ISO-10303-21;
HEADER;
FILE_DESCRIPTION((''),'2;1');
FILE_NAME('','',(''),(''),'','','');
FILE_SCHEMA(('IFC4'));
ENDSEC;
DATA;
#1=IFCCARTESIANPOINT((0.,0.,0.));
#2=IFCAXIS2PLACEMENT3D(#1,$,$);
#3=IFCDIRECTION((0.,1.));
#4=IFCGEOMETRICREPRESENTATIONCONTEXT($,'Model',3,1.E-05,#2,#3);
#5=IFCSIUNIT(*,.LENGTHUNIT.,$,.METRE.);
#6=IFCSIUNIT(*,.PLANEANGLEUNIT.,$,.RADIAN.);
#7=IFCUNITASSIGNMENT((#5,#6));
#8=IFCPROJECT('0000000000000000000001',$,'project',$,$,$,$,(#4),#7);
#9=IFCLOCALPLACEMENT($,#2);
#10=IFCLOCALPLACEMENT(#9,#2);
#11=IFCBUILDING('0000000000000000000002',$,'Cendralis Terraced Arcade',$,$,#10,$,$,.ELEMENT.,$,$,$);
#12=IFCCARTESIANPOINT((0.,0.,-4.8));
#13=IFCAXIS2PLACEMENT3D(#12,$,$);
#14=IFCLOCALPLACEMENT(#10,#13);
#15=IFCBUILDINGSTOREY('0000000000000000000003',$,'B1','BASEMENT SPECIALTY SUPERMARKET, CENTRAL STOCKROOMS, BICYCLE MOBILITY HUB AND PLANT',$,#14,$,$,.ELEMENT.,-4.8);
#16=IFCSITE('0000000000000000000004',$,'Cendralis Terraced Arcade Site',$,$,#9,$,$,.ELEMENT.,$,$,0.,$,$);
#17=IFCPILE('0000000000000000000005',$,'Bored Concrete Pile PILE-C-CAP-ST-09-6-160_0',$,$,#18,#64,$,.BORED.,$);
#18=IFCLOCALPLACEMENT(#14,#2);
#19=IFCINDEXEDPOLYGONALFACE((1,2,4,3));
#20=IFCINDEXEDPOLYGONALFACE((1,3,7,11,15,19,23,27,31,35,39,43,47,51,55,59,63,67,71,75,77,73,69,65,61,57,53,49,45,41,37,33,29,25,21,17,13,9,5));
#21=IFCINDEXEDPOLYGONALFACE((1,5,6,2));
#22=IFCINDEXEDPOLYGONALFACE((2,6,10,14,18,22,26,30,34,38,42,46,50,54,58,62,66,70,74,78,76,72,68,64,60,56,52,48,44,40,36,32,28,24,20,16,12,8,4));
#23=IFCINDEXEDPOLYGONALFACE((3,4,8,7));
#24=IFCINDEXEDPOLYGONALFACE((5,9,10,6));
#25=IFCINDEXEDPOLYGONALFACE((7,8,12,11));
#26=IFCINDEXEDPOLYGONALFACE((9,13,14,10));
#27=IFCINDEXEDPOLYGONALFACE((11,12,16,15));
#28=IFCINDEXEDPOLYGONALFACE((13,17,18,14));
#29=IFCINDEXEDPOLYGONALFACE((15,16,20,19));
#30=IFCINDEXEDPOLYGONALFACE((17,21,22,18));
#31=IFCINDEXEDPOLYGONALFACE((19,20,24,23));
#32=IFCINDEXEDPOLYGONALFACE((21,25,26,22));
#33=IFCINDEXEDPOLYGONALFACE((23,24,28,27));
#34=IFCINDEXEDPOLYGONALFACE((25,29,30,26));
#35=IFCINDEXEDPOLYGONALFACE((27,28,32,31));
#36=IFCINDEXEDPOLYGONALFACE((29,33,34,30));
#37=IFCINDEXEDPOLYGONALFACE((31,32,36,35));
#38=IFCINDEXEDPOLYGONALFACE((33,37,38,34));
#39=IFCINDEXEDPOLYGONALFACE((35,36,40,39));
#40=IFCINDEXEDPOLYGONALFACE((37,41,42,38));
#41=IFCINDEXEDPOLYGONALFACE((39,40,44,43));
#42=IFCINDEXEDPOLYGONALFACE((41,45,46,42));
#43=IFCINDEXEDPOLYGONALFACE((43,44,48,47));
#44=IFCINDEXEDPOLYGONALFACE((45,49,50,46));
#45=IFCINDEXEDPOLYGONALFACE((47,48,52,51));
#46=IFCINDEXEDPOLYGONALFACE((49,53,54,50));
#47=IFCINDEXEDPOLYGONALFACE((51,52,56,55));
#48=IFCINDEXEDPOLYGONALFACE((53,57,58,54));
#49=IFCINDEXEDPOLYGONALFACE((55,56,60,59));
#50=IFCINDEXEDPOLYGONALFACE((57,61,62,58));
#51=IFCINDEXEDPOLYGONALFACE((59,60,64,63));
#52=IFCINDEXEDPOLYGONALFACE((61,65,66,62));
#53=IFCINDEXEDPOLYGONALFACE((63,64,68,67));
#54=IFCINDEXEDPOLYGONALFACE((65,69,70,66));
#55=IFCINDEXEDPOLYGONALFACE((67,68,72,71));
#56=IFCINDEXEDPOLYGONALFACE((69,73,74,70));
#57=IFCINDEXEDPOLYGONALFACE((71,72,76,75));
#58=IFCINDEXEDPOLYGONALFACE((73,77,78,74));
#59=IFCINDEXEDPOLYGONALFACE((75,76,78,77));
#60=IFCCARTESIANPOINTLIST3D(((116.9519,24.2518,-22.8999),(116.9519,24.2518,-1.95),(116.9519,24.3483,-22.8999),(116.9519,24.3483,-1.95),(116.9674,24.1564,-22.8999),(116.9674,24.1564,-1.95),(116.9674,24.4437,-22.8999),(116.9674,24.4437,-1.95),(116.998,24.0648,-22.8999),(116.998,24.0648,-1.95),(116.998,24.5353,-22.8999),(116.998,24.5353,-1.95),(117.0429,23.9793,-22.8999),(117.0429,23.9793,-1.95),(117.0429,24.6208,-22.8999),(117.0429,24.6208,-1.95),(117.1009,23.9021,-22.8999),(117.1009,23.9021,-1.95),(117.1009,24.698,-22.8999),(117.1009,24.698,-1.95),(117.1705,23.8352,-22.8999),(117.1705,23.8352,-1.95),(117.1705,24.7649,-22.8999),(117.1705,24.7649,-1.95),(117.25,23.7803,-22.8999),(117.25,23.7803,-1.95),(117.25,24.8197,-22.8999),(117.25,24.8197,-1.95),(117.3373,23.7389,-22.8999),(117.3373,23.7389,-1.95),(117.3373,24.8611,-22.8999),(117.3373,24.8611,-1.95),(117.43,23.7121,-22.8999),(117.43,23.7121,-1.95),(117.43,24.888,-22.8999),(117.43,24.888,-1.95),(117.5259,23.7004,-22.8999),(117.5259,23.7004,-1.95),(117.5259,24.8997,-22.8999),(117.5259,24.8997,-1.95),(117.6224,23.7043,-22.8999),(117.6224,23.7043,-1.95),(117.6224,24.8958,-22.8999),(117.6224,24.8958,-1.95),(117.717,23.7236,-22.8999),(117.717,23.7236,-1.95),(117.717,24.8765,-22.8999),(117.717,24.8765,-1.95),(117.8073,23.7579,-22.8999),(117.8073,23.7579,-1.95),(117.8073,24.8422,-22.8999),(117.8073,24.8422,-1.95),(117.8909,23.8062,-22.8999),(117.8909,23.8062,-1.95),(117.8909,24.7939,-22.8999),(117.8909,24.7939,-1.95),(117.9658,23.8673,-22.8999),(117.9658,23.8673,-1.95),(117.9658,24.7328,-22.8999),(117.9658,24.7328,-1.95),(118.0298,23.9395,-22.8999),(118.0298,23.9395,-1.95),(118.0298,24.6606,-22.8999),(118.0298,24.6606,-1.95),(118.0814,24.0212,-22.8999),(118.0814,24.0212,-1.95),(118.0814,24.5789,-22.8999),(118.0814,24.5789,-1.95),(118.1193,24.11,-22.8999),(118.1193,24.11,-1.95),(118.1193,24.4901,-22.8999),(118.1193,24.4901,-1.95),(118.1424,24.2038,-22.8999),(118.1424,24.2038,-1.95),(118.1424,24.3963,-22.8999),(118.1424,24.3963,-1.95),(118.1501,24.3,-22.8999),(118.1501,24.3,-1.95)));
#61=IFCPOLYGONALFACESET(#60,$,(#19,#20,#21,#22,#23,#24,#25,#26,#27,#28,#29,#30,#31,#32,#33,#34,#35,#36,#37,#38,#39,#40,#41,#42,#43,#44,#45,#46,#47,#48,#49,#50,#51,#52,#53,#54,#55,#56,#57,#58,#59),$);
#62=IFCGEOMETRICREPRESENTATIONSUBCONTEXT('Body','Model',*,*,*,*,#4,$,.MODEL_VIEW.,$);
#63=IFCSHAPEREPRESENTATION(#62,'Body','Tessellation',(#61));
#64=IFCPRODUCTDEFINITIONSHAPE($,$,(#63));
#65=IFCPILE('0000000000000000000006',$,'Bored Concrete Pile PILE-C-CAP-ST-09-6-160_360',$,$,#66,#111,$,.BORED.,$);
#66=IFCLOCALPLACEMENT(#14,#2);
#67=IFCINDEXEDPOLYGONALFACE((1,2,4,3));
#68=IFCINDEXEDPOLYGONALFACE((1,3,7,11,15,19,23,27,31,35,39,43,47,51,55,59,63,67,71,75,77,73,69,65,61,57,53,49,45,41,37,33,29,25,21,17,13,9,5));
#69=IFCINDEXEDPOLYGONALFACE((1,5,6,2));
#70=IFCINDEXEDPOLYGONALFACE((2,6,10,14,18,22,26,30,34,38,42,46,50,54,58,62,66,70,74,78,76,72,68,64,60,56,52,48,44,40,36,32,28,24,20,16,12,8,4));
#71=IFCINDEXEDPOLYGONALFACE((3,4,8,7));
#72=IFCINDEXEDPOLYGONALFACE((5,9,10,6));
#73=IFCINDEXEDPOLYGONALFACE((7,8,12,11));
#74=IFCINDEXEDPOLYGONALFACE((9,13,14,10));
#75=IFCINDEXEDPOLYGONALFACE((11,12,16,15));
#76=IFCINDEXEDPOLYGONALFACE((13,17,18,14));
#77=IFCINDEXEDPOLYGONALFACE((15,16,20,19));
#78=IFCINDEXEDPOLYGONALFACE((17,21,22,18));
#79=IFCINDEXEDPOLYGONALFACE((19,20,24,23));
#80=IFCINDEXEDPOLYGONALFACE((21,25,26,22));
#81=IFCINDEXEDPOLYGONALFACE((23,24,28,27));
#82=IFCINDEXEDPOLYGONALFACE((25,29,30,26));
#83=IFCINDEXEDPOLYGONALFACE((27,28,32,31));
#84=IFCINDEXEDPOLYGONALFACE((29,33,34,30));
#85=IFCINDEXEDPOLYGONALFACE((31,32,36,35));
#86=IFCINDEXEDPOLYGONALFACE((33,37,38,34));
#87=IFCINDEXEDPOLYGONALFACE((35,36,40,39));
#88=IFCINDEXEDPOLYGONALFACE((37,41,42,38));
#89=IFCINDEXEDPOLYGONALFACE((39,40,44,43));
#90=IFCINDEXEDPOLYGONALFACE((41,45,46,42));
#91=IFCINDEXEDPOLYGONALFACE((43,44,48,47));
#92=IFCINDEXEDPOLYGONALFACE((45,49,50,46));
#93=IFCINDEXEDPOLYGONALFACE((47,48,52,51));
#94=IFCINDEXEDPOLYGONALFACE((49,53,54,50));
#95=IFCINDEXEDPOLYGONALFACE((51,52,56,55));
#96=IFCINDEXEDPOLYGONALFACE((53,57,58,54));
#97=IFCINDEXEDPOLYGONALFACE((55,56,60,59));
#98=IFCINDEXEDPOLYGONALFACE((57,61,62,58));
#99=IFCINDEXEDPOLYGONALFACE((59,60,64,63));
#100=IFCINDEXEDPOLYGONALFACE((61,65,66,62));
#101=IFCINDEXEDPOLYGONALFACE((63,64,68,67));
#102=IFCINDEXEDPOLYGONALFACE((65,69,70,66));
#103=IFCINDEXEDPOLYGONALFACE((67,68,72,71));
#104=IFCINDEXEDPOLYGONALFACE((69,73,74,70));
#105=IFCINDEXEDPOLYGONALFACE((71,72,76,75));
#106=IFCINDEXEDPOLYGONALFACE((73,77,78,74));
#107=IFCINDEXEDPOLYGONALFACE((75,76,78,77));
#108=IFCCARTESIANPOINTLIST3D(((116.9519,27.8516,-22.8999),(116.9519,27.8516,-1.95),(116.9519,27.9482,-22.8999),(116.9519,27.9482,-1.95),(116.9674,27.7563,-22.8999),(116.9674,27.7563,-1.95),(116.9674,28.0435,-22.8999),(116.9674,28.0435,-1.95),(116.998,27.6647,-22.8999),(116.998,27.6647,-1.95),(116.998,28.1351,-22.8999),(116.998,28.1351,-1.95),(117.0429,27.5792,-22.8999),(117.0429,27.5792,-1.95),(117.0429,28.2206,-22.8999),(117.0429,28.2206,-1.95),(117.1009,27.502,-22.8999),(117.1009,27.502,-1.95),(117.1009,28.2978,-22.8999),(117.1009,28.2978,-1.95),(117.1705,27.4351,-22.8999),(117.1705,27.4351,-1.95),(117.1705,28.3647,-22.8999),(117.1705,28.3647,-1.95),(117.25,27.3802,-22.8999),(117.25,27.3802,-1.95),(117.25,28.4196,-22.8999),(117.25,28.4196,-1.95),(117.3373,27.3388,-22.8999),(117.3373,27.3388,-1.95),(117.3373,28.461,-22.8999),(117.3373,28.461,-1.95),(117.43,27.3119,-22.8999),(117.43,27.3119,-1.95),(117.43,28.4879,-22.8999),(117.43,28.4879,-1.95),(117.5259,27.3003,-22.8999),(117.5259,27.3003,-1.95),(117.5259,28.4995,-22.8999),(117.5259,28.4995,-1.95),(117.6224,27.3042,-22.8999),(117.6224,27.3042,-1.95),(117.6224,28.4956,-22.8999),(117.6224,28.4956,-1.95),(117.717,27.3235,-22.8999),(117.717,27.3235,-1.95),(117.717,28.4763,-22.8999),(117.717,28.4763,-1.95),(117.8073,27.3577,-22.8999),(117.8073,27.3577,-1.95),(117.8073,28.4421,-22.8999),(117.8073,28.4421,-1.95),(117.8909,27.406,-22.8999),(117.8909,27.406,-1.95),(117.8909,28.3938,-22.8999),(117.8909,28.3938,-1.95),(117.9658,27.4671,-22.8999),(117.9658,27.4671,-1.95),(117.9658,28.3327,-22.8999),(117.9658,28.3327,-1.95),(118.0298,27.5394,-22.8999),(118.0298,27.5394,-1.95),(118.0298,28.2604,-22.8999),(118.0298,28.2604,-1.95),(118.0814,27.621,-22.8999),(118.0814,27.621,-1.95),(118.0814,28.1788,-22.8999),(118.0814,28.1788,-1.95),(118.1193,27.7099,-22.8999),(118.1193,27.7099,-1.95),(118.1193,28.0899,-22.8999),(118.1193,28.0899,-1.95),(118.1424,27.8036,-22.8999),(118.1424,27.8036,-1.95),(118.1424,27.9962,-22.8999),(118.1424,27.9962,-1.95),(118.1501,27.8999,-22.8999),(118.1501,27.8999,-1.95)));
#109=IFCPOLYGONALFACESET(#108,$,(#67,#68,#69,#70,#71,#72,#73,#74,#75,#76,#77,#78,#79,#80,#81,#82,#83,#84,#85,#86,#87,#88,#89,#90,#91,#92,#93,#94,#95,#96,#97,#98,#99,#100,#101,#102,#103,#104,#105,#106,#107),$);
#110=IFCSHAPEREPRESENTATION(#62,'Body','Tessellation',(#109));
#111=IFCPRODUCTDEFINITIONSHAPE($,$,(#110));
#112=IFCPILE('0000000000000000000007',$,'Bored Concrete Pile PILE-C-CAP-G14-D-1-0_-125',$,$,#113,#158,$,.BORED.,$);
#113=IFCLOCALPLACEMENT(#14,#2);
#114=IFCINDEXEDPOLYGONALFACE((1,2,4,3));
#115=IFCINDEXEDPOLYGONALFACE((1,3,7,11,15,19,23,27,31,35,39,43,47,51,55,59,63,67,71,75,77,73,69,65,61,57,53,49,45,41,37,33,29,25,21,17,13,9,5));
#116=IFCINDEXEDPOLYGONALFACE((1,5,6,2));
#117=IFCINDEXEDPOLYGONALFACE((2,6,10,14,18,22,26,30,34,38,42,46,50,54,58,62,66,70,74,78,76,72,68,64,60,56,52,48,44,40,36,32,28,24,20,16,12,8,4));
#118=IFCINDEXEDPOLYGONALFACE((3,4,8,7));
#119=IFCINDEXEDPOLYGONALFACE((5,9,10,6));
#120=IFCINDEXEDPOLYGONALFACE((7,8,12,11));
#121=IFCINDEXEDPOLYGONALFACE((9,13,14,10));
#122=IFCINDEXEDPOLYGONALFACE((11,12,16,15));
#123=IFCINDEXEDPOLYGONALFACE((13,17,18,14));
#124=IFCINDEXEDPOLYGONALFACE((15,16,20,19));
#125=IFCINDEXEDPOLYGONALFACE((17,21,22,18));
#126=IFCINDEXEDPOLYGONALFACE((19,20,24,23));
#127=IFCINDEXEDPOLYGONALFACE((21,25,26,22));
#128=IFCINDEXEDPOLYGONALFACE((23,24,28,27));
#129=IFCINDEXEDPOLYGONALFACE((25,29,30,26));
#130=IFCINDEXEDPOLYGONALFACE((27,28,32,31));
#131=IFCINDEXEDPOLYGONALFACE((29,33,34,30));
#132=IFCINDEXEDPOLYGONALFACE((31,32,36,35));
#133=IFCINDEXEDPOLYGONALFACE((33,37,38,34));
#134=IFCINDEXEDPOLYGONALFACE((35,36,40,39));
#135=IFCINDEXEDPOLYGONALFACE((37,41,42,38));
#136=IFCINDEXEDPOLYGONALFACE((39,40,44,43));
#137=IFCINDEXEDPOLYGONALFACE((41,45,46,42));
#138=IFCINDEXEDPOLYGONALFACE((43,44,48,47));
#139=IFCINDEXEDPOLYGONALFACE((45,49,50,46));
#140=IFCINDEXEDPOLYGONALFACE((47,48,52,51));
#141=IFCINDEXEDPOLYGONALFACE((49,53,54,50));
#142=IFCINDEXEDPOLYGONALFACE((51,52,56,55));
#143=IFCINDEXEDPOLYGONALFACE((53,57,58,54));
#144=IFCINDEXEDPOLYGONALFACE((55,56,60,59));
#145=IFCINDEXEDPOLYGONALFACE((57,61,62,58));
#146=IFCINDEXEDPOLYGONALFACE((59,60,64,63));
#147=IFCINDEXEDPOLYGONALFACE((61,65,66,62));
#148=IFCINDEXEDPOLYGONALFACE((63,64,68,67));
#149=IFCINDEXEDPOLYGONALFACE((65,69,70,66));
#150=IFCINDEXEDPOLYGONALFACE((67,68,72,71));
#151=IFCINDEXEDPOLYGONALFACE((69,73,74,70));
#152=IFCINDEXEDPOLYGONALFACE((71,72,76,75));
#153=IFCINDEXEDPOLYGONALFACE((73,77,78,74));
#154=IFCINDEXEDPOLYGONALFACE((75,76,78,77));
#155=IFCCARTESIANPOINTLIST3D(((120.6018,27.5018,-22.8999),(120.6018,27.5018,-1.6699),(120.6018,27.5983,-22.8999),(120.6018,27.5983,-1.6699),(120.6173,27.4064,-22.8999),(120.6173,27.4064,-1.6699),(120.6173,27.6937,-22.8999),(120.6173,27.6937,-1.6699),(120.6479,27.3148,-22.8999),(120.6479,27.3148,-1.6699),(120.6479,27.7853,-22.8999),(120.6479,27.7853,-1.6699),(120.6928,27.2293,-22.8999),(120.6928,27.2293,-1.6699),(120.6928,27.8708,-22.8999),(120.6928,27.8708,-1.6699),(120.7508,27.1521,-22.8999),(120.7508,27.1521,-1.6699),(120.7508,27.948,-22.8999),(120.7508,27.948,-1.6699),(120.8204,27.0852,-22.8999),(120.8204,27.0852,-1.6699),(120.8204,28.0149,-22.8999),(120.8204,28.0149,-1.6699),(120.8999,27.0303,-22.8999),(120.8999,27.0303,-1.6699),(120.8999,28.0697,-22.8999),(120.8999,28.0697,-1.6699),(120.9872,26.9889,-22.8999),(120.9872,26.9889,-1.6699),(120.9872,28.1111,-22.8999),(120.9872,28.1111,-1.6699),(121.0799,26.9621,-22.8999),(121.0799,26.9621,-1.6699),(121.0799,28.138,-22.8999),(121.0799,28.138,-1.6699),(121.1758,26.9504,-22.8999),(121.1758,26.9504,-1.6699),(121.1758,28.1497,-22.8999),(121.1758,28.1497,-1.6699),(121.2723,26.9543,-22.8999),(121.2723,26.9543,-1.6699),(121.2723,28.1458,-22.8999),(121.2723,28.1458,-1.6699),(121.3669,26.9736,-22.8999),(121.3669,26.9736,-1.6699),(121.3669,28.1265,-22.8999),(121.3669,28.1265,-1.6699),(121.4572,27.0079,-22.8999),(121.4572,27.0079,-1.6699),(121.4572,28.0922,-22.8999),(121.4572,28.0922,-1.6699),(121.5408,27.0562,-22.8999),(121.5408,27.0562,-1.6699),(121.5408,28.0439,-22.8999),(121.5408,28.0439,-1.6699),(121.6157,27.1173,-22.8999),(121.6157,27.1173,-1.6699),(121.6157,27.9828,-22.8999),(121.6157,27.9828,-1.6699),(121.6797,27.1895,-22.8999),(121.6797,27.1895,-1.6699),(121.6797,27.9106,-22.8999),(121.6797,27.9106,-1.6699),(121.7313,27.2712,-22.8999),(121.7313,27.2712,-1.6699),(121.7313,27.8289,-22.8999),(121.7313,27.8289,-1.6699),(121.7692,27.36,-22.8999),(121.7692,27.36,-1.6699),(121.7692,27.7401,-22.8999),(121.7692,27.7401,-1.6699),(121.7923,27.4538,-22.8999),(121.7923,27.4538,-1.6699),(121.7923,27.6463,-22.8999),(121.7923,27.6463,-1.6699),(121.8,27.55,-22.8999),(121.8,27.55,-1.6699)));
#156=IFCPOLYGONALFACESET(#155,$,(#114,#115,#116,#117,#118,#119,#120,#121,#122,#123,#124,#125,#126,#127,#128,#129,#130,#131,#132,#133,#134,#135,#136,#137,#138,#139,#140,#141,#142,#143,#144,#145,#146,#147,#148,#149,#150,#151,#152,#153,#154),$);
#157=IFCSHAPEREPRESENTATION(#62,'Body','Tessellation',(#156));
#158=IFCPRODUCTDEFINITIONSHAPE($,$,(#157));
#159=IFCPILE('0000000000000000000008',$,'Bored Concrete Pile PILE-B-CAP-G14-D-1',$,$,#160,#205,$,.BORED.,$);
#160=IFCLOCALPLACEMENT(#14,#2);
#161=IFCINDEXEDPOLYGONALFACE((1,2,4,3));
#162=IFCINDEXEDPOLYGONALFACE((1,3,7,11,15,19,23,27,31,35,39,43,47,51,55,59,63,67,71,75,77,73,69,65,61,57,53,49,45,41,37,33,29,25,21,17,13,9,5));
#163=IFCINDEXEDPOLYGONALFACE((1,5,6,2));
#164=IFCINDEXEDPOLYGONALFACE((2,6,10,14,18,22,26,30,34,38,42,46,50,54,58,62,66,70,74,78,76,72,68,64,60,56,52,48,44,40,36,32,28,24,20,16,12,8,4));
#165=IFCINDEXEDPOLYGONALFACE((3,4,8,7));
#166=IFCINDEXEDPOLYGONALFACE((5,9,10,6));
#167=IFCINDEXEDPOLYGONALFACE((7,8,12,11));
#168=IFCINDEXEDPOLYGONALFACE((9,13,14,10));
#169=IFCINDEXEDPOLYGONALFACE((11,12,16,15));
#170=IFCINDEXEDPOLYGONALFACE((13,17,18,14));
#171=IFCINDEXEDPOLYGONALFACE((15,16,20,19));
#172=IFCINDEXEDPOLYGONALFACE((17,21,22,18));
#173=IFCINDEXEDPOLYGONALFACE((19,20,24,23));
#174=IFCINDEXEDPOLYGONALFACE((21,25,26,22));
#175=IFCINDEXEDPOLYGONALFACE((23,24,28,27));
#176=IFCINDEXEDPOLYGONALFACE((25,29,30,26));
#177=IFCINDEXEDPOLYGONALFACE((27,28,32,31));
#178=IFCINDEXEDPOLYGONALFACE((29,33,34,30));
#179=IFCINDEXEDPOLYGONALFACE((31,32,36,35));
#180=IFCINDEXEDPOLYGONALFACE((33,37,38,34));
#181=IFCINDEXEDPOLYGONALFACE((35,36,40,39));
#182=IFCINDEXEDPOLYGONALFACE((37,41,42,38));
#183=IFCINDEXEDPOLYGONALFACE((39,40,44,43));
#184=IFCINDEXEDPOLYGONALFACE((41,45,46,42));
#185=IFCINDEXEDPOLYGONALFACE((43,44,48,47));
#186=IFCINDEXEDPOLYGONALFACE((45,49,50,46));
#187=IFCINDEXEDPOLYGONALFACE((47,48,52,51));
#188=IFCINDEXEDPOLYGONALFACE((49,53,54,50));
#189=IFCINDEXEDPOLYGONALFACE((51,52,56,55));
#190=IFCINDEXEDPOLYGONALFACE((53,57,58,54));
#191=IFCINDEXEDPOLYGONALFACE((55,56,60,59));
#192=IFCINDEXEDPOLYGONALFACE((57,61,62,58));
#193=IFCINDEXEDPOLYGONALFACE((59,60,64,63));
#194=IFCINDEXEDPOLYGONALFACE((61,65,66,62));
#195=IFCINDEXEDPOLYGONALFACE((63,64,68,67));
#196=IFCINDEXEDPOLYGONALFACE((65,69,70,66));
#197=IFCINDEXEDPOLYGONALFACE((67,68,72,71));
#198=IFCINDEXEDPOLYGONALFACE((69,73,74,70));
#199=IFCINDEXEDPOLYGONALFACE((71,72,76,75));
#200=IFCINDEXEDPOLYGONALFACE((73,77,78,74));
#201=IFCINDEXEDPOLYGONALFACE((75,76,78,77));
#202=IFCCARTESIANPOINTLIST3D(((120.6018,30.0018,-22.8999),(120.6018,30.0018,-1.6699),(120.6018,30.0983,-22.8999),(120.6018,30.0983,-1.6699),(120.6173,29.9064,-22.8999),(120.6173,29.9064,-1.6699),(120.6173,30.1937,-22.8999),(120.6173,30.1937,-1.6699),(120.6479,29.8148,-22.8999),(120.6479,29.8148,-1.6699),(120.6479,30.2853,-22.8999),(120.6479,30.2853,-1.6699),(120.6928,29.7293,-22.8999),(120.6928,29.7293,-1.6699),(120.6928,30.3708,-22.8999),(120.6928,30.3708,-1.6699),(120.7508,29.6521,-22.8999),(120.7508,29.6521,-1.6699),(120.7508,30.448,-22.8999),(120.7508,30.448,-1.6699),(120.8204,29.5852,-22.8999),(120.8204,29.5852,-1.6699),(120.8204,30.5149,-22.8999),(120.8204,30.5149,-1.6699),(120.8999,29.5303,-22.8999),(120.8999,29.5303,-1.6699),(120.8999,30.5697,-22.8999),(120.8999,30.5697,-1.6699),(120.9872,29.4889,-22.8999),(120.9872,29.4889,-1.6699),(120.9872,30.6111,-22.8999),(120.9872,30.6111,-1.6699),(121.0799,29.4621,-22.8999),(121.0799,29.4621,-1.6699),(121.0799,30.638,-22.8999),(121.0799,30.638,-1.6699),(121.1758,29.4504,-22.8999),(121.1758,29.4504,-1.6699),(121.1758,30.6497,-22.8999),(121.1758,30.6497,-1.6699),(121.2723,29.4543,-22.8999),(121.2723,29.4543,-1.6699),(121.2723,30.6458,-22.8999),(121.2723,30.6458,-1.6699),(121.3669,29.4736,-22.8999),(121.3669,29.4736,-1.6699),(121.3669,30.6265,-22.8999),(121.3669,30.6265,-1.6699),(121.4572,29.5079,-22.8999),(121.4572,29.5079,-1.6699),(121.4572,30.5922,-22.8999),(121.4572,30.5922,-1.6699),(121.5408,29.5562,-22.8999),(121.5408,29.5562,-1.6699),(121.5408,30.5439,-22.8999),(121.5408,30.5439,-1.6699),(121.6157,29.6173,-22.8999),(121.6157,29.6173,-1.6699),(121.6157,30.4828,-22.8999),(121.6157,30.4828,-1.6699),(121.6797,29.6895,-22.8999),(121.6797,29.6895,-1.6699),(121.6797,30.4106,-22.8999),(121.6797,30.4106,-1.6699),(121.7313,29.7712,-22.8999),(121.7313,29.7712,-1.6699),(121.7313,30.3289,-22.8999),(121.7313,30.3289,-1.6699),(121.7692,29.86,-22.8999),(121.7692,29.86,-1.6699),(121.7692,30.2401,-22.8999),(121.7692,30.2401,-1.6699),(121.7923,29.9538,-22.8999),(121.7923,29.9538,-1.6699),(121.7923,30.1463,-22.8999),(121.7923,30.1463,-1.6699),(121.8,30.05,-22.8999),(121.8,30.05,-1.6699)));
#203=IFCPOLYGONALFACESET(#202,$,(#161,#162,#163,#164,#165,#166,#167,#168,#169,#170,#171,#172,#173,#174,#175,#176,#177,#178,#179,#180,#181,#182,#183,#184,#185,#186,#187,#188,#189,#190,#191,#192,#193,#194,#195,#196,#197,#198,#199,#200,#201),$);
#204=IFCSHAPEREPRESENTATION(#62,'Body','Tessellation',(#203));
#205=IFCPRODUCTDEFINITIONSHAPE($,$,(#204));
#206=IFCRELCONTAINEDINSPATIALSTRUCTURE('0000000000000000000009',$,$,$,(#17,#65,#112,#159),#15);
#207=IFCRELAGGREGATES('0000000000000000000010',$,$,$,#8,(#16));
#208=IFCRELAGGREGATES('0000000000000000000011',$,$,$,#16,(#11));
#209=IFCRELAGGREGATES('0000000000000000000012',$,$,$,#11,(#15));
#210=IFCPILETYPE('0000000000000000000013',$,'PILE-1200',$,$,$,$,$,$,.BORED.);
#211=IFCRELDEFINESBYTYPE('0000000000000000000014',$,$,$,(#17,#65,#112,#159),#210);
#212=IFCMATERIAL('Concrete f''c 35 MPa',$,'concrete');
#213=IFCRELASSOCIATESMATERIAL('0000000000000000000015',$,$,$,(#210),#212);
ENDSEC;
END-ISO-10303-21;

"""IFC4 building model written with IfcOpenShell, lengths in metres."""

from ifc_helpers import new_model, si_unit, direction, frame, origin, origin_2d, place, context, subcontext, project, spatial, circle, extrude, material, material_profile, profile_set, type_object, element, save


model = new_model("IFC4")

# Units and contexts
model_context = context("Model", 3, precision=1e-05, world=origin(), true_north=direction((0.0, 1.0)))
body_context = subcontext(model_context, "Body", "Model", "MODEL_VIEW")
ifc_project = project(units=[si_unit("LENGTHUNIT", "METRE"), si_unit("PLANEANGLEUNIT", "RADIAN")], contexts=[model_context])

# Site, building, storey
site_placement = place(None, origin())
site = spatial("IfcSite", under=ifc_project, at=site_placement, Name="Cendralis Terraced Arcade Site", CompositionType="ELEMENT", RefElevation=0.0)
building_placement = place(site_placement, origin())
building = spatial("IfcBuilding", under=site, at=building_placement, Name="Cendralis Terraced Arcade", CompositionType="ELEMENT")
storey_placement = place(building_placement, frame((0.0, 0.0, -4.8)))
storey = spatial("IfcBuildingStorey", under=building, at=storey_placement, Name="B1", Description="BASEMENT SPECIALTY SUPERMARKET, CENTRAL STOCKROOMS, BICYCLE MOBILITY HUB AND PLANT", CompositionType="ELEMENT", Elevation=-4.8)

# Shared definitions
ifc_material_1 = material(Name="Concrete f'c 35 MPa", Category="concrete")

# Piles
ifc_material_profile_1 = material_profile(ifc_material_1, circle(Radius=0.6001, at=origin_2d()), Name="PILE-D1200", Category="LoadBearing")
ifc_profile_set_1 = profile_set([ifc_material_profile_1], Name="Concrete f'c 35 MPa")
pile_type_1 = type_object("IfcPileType", Name="PILE-1200", PredefinedType="BORED", material=ifc_profile_set_1)
for number, where, z_axis, x_axis, name in (
    (1, (117.55, 24.3, -1.95), (0.0, 0.0, -1.0), (1.0, 0.0, 0.0), "Bored Concrete Pile PILE-C-CAP-ST-09-6-160_0"),
    (2, (117.55, 27.8999, -1.95), (0.0, 0.0, -1.0), (1.0, 0.0, 0.0), "Bored Concrete Pile PILE-C-CAP-ST-09-6-160_360"),
):
    element("IfcPile", number, at=place(storey_placement, frame(where, z_axis=z_axis, x_axis=x_axis)), inside=storey, type_object=pile_type_1, Name=name, PredefinedType="BORED", context=body_context, shape_type="SweptSolid", body=[
        extrude(circle(Radius=0.6001, at=origin_2d()), origin(), (0.0, 0.0, 1.0), 20.95),
    ])
for number, where, z_axis, x_axis, name in (
    (3, (121.2, 27.55, -1.6699), (0.0, 0.0, -1.0), (1.0, 0.0, 0.0), "Bored Concrete Pile PILE-C-CAP-G14-D-1-0_-125"),
    (4, (121.2, 30.05, -1.6699), (0.0, 0.0, -1.0), (1.0, 0.0, 0.0), "Bored Concrete Pile PILE-B-CAP-G14-D-1"),
):
    element("IfcPile", number, at=place(storey_placement, frame(where, z_axis=z_axis, x_axis=x_axis)), inside=storey, type_object=pile_type_1, Name=name, PredefinedType="BORED", context=body_context, shape_type="SweptSolid", body=[
        extrude(circle(Radius=0.6001, at=origin_2d()), origin(), (0.0, 0.0, 1.0), 21.23),
    ])

save(model, "model.ifc")
